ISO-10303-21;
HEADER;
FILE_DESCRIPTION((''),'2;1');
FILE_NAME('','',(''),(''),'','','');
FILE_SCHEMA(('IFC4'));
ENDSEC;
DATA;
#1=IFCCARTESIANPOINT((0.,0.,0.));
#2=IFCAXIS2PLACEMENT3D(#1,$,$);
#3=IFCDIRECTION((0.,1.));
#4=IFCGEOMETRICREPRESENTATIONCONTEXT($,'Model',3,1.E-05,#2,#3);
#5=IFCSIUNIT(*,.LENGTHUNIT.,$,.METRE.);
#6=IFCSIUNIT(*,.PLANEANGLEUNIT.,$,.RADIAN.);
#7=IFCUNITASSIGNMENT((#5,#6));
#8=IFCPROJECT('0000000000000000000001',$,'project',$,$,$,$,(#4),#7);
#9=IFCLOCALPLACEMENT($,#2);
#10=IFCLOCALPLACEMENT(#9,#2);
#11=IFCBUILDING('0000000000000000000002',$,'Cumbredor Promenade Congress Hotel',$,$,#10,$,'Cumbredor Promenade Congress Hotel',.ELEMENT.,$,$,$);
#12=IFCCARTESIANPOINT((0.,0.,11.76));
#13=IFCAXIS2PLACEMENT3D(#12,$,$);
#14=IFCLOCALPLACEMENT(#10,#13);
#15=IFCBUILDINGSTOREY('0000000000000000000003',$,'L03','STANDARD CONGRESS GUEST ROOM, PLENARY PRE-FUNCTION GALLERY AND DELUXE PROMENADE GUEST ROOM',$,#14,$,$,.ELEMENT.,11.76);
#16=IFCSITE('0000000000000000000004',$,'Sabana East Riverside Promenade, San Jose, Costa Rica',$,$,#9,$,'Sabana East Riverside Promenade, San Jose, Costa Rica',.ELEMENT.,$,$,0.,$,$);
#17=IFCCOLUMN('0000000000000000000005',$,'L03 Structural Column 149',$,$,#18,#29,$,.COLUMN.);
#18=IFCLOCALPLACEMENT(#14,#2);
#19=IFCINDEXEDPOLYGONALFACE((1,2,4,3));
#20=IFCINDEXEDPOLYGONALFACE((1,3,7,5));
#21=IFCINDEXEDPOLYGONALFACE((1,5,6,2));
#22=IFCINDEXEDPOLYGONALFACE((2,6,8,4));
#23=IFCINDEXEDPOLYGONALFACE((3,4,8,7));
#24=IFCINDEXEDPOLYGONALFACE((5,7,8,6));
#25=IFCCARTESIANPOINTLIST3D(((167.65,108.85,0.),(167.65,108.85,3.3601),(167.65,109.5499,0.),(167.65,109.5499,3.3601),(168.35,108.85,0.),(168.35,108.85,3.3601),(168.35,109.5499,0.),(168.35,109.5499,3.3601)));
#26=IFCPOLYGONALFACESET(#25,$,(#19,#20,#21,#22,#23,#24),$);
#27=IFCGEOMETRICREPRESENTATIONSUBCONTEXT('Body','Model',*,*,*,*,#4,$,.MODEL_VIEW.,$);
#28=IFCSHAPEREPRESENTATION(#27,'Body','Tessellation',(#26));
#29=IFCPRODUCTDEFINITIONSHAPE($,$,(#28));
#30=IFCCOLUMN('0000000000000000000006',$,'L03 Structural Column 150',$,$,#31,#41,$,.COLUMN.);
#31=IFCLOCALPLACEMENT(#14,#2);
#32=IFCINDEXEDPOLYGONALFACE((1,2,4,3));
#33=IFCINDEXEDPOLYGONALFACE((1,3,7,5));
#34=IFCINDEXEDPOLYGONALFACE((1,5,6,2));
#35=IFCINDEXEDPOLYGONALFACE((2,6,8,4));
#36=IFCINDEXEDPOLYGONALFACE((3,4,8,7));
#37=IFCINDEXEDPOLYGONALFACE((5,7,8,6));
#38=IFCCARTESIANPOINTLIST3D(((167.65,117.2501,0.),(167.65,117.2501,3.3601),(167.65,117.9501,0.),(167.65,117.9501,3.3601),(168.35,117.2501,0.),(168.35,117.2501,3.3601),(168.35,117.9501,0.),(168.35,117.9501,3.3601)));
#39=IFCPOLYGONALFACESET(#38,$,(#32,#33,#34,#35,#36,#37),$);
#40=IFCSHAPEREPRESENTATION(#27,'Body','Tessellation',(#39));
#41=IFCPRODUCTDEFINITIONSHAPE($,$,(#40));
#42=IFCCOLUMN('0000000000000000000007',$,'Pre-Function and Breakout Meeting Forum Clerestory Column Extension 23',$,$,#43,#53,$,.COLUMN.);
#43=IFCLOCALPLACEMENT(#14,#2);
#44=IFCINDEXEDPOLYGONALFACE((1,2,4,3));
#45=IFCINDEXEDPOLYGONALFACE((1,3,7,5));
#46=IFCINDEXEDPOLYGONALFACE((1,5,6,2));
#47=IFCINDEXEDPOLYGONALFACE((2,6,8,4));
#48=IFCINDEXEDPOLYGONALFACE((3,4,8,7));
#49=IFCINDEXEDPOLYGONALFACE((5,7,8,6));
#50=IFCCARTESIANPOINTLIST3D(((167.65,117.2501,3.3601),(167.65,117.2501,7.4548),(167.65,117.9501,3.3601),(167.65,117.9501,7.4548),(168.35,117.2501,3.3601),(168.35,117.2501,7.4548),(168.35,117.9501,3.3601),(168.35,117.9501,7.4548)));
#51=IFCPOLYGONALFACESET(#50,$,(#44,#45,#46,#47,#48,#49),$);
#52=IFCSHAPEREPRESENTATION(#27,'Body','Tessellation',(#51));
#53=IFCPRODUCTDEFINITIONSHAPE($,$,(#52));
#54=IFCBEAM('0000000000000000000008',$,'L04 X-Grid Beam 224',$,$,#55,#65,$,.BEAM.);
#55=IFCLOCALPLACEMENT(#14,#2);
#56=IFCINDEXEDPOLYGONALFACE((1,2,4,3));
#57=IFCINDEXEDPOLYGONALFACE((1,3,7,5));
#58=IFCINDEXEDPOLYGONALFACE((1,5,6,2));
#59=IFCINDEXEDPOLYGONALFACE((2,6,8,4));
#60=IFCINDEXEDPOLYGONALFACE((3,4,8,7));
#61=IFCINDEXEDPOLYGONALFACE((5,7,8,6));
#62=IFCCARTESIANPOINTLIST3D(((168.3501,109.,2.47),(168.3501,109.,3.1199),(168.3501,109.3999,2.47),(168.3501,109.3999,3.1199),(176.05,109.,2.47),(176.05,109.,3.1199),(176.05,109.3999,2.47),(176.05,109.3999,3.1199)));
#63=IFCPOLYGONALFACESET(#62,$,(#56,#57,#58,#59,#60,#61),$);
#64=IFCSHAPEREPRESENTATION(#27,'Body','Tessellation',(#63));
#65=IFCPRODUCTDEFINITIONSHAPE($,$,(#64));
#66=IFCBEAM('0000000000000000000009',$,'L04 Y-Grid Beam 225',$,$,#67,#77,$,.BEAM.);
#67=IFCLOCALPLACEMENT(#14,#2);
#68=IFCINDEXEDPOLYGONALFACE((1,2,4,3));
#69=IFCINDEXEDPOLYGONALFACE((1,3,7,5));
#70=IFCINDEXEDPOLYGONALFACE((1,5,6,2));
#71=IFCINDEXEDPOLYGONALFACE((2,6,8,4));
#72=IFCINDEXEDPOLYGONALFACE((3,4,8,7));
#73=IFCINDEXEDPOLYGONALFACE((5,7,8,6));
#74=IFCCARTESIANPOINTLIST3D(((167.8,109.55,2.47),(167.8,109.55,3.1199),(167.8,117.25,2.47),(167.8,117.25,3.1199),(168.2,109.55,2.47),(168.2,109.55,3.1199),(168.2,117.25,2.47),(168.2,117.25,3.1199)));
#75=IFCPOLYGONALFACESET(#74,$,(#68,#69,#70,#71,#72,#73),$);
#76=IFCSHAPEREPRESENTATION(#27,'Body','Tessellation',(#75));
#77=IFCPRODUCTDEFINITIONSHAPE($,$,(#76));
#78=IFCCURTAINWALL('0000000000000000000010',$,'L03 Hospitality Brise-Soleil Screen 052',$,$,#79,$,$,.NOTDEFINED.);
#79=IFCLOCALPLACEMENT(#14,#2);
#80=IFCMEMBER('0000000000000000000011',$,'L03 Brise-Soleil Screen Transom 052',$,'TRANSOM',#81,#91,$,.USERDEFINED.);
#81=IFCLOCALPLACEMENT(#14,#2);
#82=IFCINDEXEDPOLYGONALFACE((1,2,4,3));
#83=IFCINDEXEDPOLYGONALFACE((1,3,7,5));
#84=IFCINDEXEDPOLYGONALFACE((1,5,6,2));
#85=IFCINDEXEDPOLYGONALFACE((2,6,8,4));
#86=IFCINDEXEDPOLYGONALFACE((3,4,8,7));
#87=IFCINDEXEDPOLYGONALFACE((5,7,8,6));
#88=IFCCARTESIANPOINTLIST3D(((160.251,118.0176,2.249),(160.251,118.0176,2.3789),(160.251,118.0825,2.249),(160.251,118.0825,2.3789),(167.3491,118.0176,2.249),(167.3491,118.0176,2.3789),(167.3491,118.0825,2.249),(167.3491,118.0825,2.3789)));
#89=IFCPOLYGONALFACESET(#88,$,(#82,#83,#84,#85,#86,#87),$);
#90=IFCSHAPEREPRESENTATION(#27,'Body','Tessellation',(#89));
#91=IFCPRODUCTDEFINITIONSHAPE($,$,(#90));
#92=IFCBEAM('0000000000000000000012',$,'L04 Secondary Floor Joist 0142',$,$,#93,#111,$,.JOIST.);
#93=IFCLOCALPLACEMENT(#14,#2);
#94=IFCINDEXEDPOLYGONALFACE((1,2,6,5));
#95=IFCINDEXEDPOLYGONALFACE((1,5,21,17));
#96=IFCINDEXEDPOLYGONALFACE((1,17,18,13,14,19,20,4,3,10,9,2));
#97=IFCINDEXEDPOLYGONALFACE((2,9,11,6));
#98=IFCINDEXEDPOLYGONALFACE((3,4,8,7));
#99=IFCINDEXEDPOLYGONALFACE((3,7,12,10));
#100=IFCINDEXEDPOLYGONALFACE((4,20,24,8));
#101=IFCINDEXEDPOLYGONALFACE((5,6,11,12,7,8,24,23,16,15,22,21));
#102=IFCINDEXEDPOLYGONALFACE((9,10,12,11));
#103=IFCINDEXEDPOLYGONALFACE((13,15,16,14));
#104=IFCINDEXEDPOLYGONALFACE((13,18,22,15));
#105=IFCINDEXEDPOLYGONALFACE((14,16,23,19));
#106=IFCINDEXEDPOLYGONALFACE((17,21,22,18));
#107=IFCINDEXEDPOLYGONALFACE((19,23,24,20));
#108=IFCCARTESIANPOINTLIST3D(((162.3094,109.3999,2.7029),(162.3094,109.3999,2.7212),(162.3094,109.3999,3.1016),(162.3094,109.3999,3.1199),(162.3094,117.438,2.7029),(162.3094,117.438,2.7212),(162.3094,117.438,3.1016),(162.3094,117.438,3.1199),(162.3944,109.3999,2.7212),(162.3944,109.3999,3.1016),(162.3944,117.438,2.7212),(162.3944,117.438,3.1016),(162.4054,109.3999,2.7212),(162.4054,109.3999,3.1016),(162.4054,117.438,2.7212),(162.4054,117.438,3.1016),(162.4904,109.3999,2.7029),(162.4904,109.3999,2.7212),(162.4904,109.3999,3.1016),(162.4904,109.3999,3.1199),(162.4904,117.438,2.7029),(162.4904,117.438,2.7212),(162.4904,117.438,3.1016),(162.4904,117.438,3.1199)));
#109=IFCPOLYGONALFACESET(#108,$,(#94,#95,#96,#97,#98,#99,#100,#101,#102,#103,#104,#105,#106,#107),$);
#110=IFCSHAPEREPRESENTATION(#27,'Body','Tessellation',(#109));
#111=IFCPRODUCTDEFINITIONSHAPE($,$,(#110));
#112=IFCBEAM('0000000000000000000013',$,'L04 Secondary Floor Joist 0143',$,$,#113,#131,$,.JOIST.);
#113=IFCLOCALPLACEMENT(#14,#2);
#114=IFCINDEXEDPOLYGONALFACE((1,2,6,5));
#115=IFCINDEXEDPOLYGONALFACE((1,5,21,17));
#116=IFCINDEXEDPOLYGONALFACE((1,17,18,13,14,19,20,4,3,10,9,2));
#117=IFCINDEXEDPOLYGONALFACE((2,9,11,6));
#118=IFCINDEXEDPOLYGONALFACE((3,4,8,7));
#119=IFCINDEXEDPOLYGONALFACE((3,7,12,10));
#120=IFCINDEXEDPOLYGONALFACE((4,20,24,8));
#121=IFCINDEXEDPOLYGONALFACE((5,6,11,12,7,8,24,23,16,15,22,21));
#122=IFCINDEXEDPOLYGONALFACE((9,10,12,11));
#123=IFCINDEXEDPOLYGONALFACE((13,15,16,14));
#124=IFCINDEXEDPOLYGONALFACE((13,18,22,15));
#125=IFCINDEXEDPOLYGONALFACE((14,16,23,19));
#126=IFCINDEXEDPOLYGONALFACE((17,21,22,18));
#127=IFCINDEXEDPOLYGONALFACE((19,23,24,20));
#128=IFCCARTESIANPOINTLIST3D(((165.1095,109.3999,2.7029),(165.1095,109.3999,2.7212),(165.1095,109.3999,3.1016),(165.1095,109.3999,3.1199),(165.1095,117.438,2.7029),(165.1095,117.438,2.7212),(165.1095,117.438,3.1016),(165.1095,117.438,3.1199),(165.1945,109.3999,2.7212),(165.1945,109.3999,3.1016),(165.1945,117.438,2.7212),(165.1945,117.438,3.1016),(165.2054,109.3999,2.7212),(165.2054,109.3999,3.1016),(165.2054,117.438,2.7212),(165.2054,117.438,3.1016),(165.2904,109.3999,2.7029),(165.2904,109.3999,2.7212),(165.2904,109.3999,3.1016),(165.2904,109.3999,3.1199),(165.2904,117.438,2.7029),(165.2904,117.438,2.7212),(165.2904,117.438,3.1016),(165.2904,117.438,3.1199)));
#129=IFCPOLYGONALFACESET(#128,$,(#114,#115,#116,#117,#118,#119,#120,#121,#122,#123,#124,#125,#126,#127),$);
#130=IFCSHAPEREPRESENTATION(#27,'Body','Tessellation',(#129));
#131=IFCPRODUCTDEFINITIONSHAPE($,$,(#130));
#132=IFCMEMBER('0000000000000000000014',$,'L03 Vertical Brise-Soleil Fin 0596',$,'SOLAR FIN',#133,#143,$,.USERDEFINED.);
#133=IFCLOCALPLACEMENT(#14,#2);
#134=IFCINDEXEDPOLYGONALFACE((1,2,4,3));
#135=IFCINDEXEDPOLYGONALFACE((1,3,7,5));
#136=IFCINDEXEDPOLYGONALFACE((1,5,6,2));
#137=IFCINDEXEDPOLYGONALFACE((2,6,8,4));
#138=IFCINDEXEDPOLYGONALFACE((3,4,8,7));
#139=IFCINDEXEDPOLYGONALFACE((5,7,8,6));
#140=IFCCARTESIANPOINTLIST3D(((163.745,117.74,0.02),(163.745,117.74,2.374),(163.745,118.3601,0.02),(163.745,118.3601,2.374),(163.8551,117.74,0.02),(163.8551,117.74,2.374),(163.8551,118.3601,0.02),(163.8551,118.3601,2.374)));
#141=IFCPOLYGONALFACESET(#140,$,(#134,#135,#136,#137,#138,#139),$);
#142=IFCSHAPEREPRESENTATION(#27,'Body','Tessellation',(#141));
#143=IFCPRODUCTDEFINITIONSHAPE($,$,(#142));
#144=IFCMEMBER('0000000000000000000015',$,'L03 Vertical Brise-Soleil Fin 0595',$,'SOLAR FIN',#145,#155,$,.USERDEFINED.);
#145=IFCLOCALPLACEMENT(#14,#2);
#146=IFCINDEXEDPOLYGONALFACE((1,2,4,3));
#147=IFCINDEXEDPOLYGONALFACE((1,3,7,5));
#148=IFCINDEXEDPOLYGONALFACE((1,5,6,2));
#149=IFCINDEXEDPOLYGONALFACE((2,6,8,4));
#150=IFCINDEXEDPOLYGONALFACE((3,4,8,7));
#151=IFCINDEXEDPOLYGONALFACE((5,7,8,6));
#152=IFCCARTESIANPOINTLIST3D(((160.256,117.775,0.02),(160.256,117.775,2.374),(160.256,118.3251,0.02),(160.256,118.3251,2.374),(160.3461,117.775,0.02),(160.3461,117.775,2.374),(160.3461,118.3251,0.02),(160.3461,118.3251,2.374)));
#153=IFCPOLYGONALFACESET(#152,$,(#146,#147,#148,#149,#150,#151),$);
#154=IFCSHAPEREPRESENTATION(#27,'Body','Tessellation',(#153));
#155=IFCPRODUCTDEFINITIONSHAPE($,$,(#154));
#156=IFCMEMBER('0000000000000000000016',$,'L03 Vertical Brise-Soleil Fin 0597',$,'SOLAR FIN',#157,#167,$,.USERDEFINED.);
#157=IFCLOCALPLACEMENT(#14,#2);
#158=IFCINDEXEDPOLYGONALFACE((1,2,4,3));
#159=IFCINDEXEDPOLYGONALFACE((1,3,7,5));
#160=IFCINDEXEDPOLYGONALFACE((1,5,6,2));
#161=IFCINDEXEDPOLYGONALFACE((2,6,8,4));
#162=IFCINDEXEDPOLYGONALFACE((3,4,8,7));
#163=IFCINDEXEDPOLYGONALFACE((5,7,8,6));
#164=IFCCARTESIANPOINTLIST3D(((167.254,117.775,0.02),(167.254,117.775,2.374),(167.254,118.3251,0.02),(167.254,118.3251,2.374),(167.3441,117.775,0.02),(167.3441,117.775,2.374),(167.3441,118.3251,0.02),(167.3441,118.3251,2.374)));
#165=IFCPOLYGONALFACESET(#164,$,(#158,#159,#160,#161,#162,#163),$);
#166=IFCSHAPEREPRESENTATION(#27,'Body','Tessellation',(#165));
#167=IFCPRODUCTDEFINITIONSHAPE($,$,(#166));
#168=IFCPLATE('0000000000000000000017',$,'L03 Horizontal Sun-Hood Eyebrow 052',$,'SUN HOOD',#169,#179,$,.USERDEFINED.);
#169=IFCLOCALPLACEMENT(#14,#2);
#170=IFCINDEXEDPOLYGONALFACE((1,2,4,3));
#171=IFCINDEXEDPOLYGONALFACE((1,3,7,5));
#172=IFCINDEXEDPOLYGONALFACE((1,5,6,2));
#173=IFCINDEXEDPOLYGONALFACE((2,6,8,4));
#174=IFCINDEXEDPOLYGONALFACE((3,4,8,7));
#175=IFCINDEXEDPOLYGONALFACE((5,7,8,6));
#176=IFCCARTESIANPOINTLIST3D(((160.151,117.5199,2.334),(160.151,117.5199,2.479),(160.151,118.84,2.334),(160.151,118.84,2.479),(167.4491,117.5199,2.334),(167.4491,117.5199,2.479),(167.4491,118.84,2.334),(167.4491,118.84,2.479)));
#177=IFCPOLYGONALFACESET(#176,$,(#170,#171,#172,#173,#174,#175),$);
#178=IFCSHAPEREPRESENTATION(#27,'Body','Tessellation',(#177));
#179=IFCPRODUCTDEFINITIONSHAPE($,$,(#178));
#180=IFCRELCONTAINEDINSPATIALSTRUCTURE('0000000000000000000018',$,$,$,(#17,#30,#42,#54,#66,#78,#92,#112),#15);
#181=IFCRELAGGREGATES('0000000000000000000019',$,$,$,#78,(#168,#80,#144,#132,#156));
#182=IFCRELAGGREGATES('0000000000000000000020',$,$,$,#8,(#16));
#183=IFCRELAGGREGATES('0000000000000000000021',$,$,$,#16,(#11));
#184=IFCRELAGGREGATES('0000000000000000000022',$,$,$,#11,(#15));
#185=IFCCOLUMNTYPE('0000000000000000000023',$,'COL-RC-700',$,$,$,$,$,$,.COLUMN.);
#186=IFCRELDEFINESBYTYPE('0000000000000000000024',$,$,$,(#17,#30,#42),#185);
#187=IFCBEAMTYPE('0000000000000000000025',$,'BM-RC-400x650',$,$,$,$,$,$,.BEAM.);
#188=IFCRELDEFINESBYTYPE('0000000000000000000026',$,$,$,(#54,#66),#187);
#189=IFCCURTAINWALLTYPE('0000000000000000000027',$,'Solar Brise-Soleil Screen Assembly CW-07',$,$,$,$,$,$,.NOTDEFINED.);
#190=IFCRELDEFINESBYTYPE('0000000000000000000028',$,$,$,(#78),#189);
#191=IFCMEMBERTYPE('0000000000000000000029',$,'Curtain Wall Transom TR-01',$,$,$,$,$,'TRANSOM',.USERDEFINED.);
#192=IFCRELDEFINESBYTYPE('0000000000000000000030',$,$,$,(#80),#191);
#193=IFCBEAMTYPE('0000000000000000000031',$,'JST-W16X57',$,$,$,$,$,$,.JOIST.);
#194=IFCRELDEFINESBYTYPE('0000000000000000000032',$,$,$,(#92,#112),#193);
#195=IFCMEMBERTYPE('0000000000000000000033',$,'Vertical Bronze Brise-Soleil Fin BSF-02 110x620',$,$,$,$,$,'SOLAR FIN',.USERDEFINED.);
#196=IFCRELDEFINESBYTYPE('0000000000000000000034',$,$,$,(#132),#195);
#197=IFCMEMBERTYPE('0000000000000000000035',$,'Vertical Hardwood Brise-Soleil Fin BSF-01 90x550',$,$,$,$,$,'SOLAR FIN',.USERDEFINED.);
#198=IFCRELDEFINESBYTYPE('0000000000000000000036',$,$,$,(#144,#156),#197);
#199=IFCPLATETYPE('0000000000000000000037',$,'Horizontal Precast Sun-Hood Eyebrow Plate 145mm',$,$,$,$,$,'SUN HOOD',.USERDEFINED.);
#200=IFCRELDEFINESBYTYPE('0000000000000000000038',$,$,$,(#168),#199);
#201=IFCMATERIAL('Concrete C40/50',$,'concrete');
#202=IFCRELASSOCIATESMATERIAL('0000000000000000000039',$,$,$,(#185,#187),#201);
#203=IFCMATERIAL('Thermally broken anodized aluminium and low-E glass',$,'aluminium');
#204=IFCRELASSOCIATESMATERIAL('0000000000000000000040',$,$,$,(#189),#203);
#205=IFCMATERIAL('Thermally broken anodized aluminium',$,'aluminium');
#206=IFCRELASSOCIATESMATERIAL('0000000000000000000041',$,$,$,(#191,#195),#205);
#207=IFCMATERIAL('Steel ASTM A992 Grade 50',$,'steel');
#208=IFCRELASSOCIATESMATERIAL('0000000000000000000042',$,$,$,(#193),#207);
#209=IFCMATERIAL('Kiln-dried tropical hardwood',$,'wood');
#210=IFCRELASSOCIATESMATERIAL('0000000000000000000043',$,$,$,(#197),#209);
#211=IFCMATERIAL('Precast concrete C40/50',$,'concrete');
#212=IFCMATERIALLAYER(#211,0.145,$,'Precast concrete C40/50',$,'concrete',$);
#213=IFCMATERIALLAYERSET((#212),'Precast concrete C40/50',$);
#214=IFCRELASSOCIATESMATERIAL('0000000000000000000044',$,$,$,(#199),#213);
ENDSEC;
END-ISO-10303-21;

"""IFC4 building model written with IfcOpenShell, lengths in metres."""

from ifc_helpers import new_model, si_unit, direction, frame, origin, origin_2d, place, context, subcontext, project, spatial, rectangle, i_section, extrude, material, layer, layer_set, material_profile, profile_set, type_object, element, aggregate, save


model = new_model("IFC4")

# Units and contexts
model_context = context("Model", 3, precision=1e-05, world=origin(), true_north=direction((0.0, 1.0)))
body_context = subcontext(model_context, "Body", "Model", "MODEL_VIEW")
ifc_project = project(units=[si_unit("LENGTHUNIT", "METRE"), si_unit("PLANEANGLEUNIT", "RADIAN")], contexts=[model_context])

# Site, building, storey
site_placement = place(None, origin())
site = spatial("IfcSite", under=ifc_project, at=site_placement, Name="Sabana East Riverside Promenade, San Jose, Costa Rica", LongName="Sabana East Riverside Promenade, San Jose, Costa Rica", CompositionType="ELEMENT", RefElevation=0.0)
building_placement = place(site_placement, origin())
building = spatial("IfcBuilding", under=site, at=building_placement, Name="Cumbredor Promenade Congress Hotel", LongName="Cumbredor Promenade Congress Hotel", CompositionType="ELEMENT")
storey_placement = place(building_placement, frame((0.0, 0.0, 11.76)))
storey = spatial("IfcBuildingStorey", under=building, at=storey_placement, Name="L03", Description="STANDARD CONGRESS GUEST ROOM, PLENARY PRE-FUNCTION GALLERY AND DELUXE PROMENADE GUEST ROOM", CompositionType="ELEMENT", Elevation=11.76)

# Columns
ifc_material_1 = material(Name="Concrete C40/50", Category="concrete")
ifc_material_profile_1 = material_profile(ifc_material_1, rectangle(XDim=0.7, YDim=0.7, at=origin_2d()), Name="RC 700x700")
ifc_profile_set_1 = profile_set([ifc_material_profile_1], Name="Concrete C40/50")
column_type = type_object("IfcColumnType", Name="COL-RC-700", PredefinedType="COLUMN", material=ifc_profile_set_1)
for number, where, z_axis, x_axis, name in (
    (1, (168.0, 109.2, 0.0), (0.0, 0.0, 1.0), (1.0, 0.0, 0.0), "L03 Structural Column 149"),
    (2, (168.0, 117.6001, 0.0), (0.0, 0.0, 1.0), (1.0, 0.0, 0.0), "L03 Structural Column 150"),
):
    element("IfcColumn", number, at=place(storey_placement, frame(where, z_axis=z_axis, x_axis=x_axis)), inside=storey, type_object=column_type, Name=name, PredefinedType="COLUMN", context=body_context, shape_type="SweptSolid", body=[
        extrude(rectangle(XDim=0.7, YDim=0.7, at=origin_2d()), origin(), (0.0, 0.0, 1.0), 3.3601),
    ])
column_placement = place(storey_placement, frame((168.0, 117.6001, 3.3601), z_axis=(0.0, 0.0, 1.0), x_axis=(1.0, 0.0, 0.0)))
element("IfcColumn", 3, at=column_placement, inside=storey, type_object=column_type, Name="Pre-Function and Breakout Meeting Forum Clerestory Column Extension 23", PredefinedType="COLUMN", context=body_context, shape_type="SweptSolid", body=[
    extrude(rectangle(XDim=0.7, YDim=0.7, at=origin_2d()), origin(), (0.0, 0.0, 1.0), 4.0947),
])

# Beams
ifc_material_profile_2 = material_profile(ifc_material_1, rectangle(XDim=0.3999, YDim=0.6499, at=origin_2d()), Name="RC BEAM 400x650")
ifc_profile_set_2 = profile_set([ifc_material_profile_2], Name="Concrete C40/50")
beam_type_1 = type_object("IfcBeamType", Name="BM-RC-400x650", PredefinedType="BEAM", material=ifc_profile_set_2)
for number, where, z_axis, x_axis, name in (
    (4, (168.3501, 109.2, 2.7949), (1.0, 0.0, 0.0), (0.0, 1.0, 0.0), "L04 X-Grid Beam 224"),
    (5, (168.0, 109.55, 2.7949), (0.0, 1.0, 0.0), (-1.0, 0.0, 0.0), "L04 Y-Grid Beam 225"),
):
    element("IfcBeam", number, at=place(storey_placement, frame(where, z_axis=z_axis, x_axis=x_axis)), inside=storey, type_object=beam_type_1, Name=name, PredefinedType="BEAM", context=body_context, shape_type="SweptSolid", body=[
        extrude(rectangle(XDim=0.3999, YDim=0.6499, at=origin_2d()), origin(), (0.0, 0.0, 1.0), 7.7),
    ])

# Curtain wall, member
ifc_material_2 = material(Name="Thermally broken anodized aluminium and low-E glass", Category="aluminium")
curtain_wall_type = type_object("IfcCurtainWallType", Name="Solar Brise-Soleil Screen Assembly CW-07", PredefinedType="NOTDEFINED", material=ifc_material_2)
curtain_wall_placement = place(storey_placement, origin())
curtain_wall = element("IfcCurtainWall", 6, at=curtain_wall_placement, inside=storey, type_object=curtain_wall_type, Name="L03 Hospitality Brise-Soleil Screen 052", PredefinedType="NOTDEFINED")
ifc_material_3 = material(Name="Thermally broken anodized aluminium", Category="aluminium")
ifc_material_profile_3 = material_profile(ifc_material_3, rectangle(XDim=0.0649, YDim=0.1299, at=origin_2d()), Name="ALU TRANSOM 65x130")
ifc_profile_set_3 = profile_set([ifc_material_profile_3], Name="Thermally broken anodized aluminium")
member_type_1 = type_object("IfcMemberType", Name="Curtain Wall Transom TR-01", ElementType="TRANSOM", PredefinedType="USERDEFINED", material=ifc_profile_set_3)
member_1_placement = place(storey_placement, frame((160.251, 118.05, 2.314), z_axis=(1.0, 0.0, 0.0), x_axis=(0.0, 1.0, 0.0)))
member_1 = element("IfcMember", 7, at=member_1_placement, type_object=member_type_1, Name="L03 Brise-Soleil Screen Transom 052", ObjectType="TRANSOM", PredefinedType="USERDEFINED", context=body_context, shape_type="SweptSolid", body=[
    extrude(rectangle(XDim=0.0649, YDim=0.1299, at=origin_2d()), origin(), (0.0, 0.0, 1.0), 7.0981),
])

# Beams
ifc_material_4 = material(Name="Steel ASTM A992 Grade 50", Category="steel")
ifc_material_profile_4 = material_profile(ifc_material_4, i_section(OverallWidth=0.1809, OverallDepth=0.417, WebThickness=0.011, FlangeThickness=0.0183, at=origin_2d()), Name="W16X57")
ifc_profile_set_4 = profile_set([ifc_material_profile_4], Name="Steel ASTM A992 Grade 50")
beam_type_2 = type_object("IfcBeamType", Name="JST-W16X57", PredefinedType="JOIST", material=ifc_profile_set_4)
for number, where, z_axis, x_axis, name in (
    (8, (162.3999, 109.3999, 2.9114), (0.0, 1.0, 0.0), (-1.0, 0.0, 0.0), "L04 Secondary Floor Joist 0142"),
    (9, (165.2, 109.3999, 2.9114), (0.0, 1.0, 0.0), (-1.0, 0.0, 0.0), "L04 Secondary Floor Joist 0143"),
):
    element("IfcBeam", number, at=place(storey_placement, frame(where, z_axis=z_axis, x_axis=x_axis)), inside=storey, type_object=beam_type_2, Name=name, PredefinedType="JOIST", context=body_context, shape_type="SweptSolid", body=[
        extrude(i_section(OverallWidth=0.1809, OverallDepth=0.417, WebThickness=0.011, FlangeThickness=0.0183, at=origin_2d()), origin(), (0.0, 0.0, 1.0), 8.0381),
    ])

# Members
ifc_material_profile_5 = material_profile(ifc_material_3, rectangle(XDim=0.1101, YDim=0.6201, at=origin_2d()), Name="ARCH FIN 110x620")
ifc_profile_set_5 = profile_set([ifc_material_profile_5], Name="Thermally broken anodized aluminium")
member_type_2 = type_object("IfcMemberType", Name="Vertical Bronze Brise-Soleil Fin BSF-02 110x620", ElementType="SOLAR FIN", PredefinedType="USERDEFINED", material=ifc_profile_set_5)
member_2_placement = place(storey_placement, frame((163.8, 118.05, 0.02), z_axis=(0.0, 0.0, 1.0), x_axis=(1.0, 0.0, 0.0)))
member_2 = element("IfcMember", 10, at=member_2_placement, type_object=member_type_2, Name="L03 Vertical Brise-Soleil Fin 0596", ObjectType="SOLAR FIN", PredefinedType="USERDEFINED", context=body_context, shape_type="SweptSolid", body=[
    extrude(rectangle(XDim=0.1101, YDim=0.6201, at=origin_2d()), origin(), (0.0, 0.0, 1.0), 2.354),
])
ifc_material_5 = material(Name="Kiln-dried tropical hardwood", Category="wood")
ifc_material_profile_6 = material_profile(ifc_material_5, rectangle(XDim=0.0901, YDim=0.55, at=origin_2d()), Name="ARCH FIN 90x550")
ifc_profile_set_6 = profile_set([ifc_material_profile_6], Name="Kiln-dried tropical hardwood")
member_type_3 = type_object("IfcMemberType", Name="Vertical Hardwood Brise-Soleil Fin BSF-01 90x550", ElementType="SOLAR FIN", PredefinedType="USERDEFINED", material=ifc_profile_set_6)
member_3_placement = place(storey_placement, frame((160.301, 118.05, 0.02), z_axis=(0.0, 0.0, 1.0), x_axis=(1.0, 0.0, 0.0)))
member_3 = element("IfcMember", 11, at=member_3_placement, type_object=member_type_3, Name="L03 Vertical Brise-Soleil Fin 0595", ObjectType="SOLAR FIN", PredefinedType="USERDEFINED", context=body_context, shape_type="SweptSolid", body=[
    extrude(rectangle(XDim=0.0901, YDim=0.55, at=origin_2d()), origin(), (0.0, 0.0, 1.0), 2.354),
])
member_4_placement = place(storey_placement, frame((167.2991, 118.05, 0.02), z_axis=(0.0, 0.0, 1.0), x_axis=(1.0, 0.0, 0.0)))
member_4 = element("IfcMember", 12, at=member_4_placement, type_object=member_type_3, Name="L03 Vertical Brise-Soleil Fin 0597", ObjectType="SOLAR FIN", PredefinedType="USERDEFINED", context=body_context, shape_type="SweptSolid", body=[
    extrude(rectangle(XDim=0.0901, YDim=0.55, at=origin_2d()), origin(), (0.0, 0.0, 1.0), 2.354),
])

# Plate
ifc_material_6 = material(Name="Precast concrete C40/50", Category="concrete")
ifc_layer_1 = layer(ifc_material_6, 0.145, Name="Precast concrete C40/50", Category="concrete")
ifc_layer_set_1 = layer_set([ifc_layer_1], Name="Precast concrete C40/50")
plate_type = type_object("IfcPlateType", Name="Horizontal Precast Sun-Hood Eyebrow Plate 145mm", ElementType="SUN HOOD", PredefinedType="USERDEFINED", material=ifc_layer_set_1)
plate_placement = place(storey_placement, frame((163.8, 118.1799, 2.334), z_axis=(0.0, 0.0, 1.0), x_axis=(1.0, 0.0, 0.0)))
plate = element("IfcPlate", 13, at=plate_placement, type_object=plate_type, Name="L03 Horizontal Sun-Hood Eyebrow 052", ObjectType="SUN HOOD", PredefinedType="USERDEFINED", context=body_context, shape_type="SweptSolid", body=[
    extrude(rectangle(XDim=7.2981, YDim=1.3201, at=origin_2d()), origin(), (0.0, 0.0, 1.0), 0.145),
])
aggregate(curtain_wall, [plate, member_1, member_3, member_2, member_4])

save(model, "model.ifc")
